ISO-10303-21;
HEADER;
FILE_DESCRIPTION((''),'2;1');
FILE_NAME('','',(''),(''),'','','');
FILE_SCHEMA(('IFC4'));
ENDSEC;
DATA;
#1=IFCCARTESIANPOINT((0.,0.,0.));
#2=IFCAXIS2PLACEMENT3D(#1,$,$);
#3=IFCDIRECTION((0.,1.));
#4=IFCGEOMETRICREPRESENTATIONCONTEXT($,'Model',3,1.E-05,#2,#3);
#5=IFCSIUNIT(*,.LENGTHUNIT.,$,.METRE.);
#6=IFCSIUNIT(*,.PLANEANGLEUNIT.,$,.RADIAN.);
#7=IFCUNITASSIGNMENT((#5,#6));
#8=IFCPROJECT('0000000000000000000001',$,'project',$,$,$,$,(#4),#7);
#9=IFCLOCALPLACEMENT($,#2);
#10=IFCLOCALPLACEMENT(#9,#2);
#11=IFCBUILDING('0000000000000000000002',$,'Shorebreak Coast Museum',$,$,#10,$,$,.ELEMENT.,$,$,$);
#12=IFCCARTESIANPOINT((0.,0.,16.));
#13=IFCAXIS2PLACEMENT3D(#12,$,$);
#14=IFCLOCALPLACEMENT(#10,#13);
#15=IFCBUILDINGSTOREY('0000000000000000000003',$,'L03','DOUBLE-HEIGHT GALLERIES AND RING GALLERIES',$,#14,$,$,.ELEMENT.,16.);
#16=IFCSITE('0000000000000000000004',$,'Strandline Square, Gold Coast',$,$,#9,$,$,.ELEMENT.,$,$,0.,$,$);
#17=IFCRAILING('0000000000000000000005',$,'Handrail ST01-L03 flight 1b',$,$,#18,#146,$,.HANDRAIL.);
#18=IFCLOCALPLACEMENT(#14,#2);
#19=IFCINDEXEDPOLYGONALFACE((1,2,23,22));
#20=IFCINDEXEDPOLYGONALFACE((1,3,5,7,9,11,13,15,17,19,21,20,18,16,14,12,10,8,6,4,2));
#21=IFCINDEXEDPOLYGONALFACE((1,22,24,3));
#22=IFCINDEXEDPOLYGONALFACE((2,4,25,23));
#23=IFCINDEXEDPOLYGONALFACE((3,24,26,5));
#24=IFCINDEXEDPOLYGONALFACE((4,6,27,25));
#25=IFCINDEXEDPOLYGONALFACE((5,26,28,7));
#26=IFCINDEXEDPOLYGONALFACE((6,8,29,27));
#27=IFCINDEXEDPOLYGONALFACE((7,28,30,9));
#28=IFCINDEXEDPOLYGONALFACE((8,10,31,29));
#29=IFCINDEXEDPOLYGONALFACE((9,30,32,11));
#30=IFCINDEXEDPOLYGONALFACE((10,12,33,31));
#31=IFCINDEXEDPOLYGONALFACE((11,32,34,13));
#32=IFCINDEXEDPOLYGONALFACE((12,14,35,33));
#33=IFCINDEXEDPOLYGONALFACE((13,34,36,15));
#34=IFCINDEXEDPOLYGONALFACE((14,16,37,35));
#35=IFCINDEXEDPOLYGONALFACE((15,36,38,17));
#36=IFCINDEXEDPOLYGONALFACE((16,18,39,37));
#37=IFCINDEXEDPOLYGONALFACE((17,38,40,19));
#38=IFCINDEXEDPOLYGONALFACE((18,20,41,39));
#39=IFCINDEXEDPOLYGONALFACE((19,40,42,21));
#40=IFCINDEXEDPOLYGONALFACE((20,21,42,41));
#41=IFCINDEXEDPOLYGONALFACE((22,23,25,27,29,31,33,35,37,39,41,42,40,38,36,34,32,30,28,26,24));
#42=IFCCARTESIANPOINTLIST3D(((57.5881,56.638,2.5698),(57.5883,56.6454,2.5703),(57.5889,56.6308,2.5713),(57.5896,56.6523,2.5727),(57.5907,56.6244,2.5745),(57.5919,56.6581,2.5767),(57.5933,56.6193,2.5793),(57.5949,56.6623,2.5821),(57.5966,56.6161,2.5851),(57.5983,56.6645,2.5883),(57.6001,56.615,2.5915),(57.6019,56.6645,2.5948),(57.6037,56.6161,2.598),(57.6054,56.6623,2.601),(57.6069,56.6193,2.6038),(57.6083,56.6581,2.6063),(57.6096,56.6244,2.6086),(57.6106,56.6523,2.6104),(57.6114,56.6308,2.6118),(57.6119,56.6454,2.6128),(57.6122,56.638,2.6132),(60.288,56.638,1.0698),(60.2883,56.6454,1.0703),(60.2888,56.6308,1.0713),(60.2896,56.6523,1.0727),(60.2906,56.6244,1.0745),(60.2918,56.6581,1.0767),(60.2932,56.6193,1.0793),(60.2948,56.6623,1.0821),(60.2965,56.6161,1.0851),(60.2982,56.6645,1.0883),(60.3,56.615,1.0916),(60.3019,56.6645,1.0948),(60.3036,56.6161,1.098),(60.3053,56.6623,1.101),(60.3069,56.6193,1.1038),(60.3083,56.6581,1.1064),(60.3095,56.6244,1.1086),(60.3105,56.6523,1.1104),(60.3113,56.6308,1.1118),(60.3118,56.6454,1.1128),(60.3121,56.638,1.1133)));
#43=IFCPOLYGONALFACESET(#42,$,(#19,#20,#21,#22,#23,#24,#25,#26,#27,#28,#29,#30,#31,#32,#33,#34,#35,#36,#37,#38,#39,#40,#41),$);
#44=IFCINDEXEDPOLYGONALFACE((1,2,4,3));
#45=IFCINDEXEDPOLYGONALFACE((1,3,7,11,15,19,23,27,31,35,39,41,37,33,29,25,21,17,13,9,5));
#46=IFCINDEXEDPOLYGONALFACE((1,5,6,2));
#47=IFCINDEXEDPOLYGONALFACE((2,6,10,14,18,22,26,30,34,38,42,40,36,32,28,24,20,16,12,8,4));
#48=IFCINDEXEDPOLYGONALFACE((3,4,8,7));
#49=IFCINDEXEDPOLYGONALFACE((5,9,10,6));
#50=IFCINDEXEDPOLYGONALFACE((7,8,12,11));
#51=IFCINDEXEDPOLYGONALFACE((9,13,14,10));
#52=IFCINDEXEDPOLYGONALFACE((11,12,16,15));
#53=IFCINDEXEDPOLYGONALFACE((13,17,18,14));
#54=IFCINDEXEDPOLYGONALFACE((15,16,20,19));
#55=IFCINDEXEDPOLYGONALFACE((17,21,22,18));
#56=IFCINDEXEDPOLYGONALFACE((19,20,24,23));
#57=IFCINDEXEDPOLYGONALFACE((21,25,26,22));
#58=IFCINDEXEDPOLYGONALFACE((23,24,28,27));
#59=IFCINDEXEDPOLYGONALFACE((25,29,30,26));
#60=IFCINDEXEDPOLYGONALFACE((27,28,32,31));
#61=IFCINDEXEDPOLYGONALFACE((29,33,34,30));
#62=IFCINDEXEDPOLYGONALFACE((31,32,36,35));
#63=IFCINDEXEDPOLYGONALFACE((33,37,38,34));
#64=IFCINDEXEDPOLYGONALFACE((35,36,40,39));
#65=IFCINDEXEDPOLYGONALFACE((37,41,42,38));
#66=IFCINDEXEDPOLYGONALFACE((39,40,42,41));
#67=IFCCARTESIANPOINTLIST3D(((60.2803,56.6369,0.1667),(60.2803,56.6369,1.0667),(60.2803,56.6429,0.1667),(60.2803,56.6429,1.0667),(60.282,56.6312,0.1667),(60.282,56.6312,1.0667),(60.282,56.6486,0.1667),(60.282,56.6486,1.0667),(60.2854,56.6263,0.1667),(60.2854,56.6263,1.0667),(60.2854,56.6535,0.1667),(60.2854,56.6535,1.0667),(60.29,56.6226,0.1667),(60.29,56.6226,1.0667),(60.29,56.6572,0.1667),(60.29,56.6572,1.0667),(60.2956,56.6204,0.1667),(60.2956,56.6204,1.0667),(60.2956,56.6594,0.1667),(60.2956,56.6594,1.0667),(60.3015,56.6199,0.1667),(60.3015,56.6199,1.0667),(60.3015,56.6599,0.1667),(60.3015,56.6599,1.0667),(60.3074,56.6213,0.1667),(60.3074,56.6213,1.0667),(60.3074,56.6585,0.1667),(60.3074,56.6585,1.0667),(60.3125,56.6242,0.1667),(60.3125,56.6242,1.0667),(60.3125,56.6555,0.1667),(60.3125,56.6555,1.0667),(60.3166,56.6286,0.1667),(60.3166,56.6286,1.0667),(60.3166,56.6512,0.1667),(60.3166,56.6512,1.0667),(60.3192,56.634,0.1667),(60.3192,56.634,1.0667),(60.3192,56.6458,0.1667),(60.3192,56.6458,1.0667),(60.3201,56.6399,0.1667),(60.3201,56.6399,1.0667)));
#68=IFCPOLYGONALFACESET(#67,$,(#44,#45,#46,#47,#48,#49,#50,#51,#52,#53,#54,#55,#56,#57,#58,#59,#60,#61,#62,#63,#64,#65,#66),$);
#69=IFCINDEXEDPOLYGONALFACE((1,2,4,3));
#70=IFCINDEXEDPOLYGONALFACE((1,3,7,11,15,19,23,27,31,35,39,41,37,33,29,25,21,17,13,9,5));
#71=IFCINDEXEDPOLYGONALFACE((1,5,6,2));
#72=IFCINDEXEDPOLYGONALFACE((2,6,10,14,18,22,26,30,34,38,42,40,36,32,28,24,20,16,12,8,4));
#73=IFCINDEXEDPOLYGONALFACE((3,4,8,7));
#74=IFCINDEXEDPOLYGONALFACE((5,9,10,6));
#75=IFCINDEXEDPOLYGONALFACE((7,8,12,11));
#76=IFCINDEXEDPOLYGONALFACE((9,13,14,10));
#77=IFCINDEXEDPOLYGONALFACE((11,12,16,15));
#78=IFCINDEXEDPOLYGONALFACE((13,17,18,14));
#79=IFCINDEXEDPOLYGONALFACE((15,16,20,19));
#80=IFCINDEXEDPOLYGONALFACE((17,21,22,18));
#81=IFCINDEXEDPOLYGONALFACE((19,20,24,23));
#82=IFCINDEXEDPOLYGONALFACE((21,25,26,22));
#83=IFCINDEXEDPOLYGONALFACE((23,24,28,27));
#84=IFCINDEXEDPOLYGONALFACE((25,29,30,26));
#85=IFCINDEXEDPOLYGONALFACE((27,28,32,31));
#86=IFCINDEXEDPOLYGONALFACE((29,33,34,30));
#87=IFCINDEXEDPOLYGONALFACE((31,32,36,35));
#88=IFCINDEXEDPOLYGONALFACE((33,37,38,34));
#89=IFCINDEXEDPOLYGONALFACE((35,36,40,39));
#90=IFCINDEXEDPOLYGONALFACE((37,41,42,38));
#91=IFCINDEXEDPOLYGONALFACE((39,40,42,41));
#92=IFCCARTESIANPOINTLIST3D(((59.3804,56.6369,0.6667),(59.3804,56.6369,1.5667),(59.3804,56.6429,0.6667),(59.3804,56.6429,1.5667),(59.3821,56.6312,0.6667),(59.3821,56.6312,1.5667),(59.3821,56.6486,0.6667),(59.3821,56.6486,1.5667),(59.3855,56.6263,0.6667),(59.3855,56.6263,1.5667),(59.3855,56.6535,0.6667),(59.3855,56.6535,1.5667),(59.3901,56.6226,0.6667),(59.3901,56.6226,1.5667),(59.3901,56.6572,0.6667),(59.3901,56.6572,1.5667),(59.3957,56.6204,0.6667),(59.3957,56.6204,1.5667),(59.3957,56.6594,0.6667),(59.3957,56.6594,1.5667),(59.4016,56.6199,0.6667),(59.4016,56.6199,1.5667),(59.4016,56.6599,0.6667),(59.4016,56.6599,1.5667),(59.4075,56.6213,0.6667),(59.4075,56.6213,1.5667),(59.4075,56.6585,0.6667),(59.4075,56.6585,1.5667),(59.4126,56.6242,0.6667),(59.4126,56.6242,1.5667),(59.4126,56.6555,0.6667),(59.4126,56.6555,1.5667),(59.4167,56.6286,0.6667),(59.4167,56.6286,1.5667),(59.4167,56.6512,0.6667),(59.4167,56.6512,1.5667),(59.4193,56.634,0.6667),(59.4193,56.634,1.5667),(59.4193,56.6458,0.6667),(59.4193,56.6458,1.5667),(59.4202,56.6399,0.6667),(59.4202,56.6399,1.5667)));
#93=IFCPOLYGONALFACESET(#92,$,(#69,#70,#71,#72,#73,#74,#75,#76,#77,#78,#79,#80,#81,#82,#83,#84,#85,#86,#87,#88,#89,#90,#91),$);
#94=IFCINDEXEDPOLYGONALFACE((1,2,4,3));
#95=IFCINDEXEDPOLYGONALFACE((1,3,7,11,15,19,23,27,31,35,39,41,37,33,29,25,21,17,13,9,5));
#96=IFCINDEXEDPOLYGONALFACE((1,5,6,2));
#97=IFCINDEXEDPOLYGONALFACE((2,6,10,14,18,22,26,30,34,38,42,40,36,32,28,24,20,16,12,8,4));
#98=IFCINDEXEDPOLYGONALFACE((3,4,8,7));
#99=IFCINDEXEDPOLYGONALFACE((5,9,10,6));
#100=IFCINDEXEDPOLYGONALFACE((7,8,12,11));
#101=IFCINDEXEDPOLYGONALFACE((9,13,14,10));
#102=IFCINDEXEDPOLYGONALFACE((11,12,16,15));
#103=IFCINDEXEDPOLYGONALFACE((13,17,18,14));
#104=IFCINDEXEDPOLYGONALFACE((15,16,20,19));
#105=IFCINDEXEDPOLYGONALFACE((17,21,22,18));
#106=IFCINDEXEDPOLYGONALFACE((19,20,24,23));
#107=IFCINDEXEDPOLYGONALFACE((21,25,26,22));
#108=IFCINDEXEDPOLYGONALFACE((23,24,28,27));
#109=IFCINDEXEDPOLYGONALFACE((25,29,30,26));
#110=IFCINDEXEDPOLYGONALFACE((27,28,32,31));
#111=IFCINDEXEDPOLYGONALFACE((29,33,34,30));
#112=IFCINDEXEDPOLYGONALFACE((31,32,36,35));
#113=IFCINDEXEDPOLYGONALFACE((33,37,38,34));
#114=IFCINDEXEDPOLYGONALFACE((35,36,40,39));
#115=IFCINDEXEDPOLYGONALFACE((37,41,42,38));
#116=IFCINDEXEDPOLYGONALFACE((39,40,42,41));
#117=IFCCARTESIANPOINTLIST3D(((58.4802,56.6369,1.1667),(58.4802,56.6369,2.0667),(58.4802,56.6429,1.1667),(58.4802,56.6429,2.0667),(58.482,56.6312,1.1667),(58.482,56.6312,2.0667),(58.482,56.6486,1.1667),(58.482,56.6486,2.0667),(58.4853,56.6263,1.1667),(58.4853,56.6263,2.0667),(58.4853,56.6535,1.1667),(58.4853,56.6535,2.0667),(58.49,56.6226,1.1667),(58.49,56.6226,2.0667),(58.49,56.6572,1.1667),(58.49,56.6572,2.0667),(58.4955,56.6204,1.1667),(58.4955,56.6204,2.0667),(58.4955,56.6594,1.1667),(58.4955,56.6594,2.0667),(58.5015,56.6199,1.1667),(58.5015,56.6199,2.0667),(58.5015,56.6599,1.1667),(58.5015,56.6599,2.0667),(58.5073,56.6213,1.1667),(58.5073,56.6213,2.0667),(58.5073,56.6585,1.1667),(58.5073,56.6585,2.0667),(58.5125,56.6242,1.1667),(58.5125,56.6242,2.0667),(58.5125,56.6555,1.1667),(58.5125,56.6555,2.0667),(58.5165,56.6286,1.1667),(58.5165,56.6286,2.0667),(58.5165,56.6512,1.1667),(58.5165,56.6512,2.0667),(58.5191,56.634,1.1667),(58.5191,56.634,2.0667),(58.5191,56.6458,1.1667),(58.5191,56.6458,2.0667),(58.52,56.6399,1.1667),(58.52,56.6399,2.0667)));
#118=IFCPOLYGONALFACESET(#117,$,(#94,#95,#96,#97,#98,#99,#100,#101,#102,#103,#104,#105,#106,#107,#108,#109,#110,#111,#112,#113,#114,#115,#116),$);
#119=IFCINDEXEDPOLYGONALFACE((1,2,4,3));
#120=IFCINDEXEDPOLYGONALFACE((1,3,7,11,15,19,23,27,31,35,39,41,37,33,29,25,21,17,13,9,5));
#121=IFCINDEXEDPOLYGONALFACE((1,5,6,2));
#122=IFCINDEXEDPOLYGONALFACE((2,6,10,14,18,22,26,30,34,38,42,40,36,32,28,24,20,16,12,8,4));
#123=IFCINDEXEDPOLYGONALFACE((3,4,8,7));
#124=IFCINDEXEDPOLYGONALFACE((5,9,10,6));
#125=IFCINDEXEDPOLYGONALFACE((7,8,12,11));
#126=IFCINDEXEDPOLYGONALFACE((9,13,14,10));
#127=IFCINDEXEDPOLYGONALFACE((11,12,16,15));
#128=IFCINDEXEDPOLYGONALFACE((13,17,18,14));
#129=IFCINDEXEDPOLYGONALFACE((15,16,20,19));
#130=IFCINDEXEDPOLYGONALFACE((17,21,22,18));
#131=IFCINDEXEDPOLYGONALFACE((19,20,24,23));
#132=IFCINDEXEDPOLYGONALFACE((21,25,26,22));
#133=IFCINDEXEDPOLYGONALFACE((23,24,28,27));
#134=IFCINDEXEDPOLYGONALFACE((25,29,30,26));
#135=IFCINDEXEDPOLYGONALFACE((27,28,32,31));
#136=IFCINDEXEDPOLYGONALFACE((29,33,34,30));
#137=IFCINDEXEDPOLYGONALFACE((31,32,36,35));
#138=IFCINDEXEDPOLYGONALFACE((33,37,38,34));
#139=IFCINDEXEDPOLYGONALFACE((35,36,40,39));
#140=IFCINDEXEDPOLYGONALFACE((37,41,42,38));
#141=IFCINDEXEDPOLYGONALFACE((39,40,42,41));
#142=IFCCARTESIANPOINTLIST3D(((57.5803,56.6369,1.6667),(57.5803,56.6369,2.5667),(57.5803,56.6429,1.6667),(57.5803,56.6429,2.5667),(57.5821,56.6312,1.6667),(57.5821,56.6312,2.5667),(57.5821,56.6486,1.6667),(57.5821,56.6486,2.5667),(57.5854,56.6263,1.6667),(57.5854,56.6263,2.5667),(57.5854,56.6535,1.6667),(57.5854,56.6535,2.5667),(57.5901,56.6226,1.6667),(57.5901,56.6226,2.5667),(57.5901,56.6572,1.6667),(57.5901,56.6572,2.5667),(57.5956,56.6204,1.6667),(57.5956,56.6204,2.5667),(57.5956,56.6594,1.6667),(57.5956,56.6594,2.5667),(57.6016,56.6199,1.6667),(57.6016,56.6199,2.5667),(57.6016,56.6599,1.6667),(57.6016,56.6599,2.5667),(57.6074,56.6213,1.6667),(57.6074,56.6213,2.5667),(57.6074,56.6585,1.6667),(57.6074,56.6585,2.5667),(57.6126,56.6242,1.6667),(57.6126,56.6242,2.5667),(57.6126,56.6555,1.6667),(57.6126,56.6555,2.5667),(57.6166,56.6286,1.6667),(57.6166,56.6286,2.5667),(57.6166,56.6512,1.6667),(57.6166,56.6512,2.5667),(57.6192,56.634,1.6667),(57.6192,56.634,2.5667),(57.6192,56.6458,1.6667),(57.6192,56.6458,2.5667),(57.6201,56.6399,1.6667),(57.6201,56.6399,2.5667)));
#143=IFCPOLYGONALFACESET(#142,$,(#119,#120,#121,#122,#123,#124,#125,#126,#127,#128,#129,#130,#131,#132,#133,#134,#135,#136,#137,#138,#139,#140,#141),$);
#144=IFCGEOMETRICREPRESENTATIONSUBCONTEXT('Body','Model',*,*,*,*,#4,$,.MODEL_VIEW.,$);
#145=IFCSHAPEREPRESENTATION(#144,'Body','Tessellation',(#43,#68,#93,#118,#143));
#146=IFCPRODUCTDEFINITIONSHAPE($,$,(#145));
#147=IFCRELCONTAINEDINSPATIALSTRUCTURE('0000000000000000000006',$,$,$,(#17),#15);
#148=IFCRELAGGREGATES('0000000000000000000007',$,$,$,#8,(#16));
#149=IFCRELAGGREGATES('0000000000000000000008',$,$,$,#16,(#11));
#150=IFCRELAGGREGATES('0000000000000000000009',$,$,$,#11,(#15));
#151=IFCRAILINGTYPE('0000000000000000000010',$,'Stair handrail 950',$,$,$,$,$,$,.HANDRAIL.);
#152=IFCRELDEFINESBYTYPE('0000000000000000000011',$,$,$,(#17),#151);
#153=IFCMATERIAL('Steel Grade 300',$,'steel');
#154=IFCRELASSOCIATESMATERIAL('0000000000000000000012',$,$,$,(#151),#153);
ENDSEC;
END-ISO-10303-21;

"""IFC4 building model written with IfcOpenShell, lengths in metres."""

from ifc_helpers import new_model, si_unit, direction, frame, origin, origin_2d, place, context, subcontext, project, spatial, circle, extrude, material, type_object, element, save


model = new_model("IFC4")

# Units and contexts
model_context = context("Model", 3, precision=1e-05, world=origin(), true_north=direction((0.0, 1.0)))
body_context = subcontext(model_context, "Body", "Model", "MODEL_VIEW")
ifc_project = project(units=[si_unit("LENGTHUNIT", "METRE"), si_unit("PLANEANGLEUNIT", "RADIAN")], contexts=[model_context])

# Site, building, storey
site_placement = place(None, origin())
site = spatial("IfcSite", under=ifc_project, at=site_placement, Name="Strandline Square, Gold Coast", CompositionType="ELEMENT", RefElevation=0.0)
building_placement = place(site_placement, origin())
building = spatial("IfcBuilding", under=site, at=building_placement, Name="Shorebreak Coast Museum", CompositionType="ELEMENT")
storey_placement = place(building_placement, frame((0.0, 0.0, 16.0)))
storey = spatial("IfcBuildingStorey", under=building, at=storey_placement, Name="L03", Description="DOUBLE-HEIGHT GALLERIES AND RING GALLERIES", CompositionType="ELEMENT", Elevation=16.0)

# Railing
ifc_material_1 = material(Name="Steel Grade 300", Category="steel")
railing_type_1 = type_object("IfcRailingType", Name="Stair handrail 950", PredefinedType="HANDRAIL", material=ifc_material_1)
for number, where, name in (
    (1, (60.3, 56.6399, 0.1667), "Handrail ST01-L03 flight 1b"),
):
    element("IfcRailing", number, at=place(storey_placement, frame(where)), inside=storey, type_object=railing_type_1, Name=name, PredefinedType="HANDRAIL", context=body_context, shape_type="SweptSolid", body=[
        extrude(circle(Radius=0.0249, at=origin_2d()), frame((0.0, 0.0, 0.9248), z_axis=(-0.874154, 0.0, 0.48565), x_axis=(0.0, -1.0, 0.0)), (0.0, 0.0, 1.0), 3.0886),
        extrude(circle(Radius=0.02, at=origin_2d()), origin(), (0.0, 0.0, 1.0), 0.8999),
        extrude(circle(Radius=0.02, at=origin_2d()), frame((-0.8999, 0.0, 0.5)), (0.0, 0.0, 1.0), 0.8999),
        extrude(circle(Radius=0.02, at=origin_2d()), frame((-1.8, 0.0, 1.0)), (0.0, 0.0, 1.0), 0.8999),
        extrude(circle(Radius=0.02, at=origin_2d()), frame((-2.7, 0.0, 1.5)), (0.0, 0.0, 1.0), 0.8999),
    ])

save(model, "model.ifc")
